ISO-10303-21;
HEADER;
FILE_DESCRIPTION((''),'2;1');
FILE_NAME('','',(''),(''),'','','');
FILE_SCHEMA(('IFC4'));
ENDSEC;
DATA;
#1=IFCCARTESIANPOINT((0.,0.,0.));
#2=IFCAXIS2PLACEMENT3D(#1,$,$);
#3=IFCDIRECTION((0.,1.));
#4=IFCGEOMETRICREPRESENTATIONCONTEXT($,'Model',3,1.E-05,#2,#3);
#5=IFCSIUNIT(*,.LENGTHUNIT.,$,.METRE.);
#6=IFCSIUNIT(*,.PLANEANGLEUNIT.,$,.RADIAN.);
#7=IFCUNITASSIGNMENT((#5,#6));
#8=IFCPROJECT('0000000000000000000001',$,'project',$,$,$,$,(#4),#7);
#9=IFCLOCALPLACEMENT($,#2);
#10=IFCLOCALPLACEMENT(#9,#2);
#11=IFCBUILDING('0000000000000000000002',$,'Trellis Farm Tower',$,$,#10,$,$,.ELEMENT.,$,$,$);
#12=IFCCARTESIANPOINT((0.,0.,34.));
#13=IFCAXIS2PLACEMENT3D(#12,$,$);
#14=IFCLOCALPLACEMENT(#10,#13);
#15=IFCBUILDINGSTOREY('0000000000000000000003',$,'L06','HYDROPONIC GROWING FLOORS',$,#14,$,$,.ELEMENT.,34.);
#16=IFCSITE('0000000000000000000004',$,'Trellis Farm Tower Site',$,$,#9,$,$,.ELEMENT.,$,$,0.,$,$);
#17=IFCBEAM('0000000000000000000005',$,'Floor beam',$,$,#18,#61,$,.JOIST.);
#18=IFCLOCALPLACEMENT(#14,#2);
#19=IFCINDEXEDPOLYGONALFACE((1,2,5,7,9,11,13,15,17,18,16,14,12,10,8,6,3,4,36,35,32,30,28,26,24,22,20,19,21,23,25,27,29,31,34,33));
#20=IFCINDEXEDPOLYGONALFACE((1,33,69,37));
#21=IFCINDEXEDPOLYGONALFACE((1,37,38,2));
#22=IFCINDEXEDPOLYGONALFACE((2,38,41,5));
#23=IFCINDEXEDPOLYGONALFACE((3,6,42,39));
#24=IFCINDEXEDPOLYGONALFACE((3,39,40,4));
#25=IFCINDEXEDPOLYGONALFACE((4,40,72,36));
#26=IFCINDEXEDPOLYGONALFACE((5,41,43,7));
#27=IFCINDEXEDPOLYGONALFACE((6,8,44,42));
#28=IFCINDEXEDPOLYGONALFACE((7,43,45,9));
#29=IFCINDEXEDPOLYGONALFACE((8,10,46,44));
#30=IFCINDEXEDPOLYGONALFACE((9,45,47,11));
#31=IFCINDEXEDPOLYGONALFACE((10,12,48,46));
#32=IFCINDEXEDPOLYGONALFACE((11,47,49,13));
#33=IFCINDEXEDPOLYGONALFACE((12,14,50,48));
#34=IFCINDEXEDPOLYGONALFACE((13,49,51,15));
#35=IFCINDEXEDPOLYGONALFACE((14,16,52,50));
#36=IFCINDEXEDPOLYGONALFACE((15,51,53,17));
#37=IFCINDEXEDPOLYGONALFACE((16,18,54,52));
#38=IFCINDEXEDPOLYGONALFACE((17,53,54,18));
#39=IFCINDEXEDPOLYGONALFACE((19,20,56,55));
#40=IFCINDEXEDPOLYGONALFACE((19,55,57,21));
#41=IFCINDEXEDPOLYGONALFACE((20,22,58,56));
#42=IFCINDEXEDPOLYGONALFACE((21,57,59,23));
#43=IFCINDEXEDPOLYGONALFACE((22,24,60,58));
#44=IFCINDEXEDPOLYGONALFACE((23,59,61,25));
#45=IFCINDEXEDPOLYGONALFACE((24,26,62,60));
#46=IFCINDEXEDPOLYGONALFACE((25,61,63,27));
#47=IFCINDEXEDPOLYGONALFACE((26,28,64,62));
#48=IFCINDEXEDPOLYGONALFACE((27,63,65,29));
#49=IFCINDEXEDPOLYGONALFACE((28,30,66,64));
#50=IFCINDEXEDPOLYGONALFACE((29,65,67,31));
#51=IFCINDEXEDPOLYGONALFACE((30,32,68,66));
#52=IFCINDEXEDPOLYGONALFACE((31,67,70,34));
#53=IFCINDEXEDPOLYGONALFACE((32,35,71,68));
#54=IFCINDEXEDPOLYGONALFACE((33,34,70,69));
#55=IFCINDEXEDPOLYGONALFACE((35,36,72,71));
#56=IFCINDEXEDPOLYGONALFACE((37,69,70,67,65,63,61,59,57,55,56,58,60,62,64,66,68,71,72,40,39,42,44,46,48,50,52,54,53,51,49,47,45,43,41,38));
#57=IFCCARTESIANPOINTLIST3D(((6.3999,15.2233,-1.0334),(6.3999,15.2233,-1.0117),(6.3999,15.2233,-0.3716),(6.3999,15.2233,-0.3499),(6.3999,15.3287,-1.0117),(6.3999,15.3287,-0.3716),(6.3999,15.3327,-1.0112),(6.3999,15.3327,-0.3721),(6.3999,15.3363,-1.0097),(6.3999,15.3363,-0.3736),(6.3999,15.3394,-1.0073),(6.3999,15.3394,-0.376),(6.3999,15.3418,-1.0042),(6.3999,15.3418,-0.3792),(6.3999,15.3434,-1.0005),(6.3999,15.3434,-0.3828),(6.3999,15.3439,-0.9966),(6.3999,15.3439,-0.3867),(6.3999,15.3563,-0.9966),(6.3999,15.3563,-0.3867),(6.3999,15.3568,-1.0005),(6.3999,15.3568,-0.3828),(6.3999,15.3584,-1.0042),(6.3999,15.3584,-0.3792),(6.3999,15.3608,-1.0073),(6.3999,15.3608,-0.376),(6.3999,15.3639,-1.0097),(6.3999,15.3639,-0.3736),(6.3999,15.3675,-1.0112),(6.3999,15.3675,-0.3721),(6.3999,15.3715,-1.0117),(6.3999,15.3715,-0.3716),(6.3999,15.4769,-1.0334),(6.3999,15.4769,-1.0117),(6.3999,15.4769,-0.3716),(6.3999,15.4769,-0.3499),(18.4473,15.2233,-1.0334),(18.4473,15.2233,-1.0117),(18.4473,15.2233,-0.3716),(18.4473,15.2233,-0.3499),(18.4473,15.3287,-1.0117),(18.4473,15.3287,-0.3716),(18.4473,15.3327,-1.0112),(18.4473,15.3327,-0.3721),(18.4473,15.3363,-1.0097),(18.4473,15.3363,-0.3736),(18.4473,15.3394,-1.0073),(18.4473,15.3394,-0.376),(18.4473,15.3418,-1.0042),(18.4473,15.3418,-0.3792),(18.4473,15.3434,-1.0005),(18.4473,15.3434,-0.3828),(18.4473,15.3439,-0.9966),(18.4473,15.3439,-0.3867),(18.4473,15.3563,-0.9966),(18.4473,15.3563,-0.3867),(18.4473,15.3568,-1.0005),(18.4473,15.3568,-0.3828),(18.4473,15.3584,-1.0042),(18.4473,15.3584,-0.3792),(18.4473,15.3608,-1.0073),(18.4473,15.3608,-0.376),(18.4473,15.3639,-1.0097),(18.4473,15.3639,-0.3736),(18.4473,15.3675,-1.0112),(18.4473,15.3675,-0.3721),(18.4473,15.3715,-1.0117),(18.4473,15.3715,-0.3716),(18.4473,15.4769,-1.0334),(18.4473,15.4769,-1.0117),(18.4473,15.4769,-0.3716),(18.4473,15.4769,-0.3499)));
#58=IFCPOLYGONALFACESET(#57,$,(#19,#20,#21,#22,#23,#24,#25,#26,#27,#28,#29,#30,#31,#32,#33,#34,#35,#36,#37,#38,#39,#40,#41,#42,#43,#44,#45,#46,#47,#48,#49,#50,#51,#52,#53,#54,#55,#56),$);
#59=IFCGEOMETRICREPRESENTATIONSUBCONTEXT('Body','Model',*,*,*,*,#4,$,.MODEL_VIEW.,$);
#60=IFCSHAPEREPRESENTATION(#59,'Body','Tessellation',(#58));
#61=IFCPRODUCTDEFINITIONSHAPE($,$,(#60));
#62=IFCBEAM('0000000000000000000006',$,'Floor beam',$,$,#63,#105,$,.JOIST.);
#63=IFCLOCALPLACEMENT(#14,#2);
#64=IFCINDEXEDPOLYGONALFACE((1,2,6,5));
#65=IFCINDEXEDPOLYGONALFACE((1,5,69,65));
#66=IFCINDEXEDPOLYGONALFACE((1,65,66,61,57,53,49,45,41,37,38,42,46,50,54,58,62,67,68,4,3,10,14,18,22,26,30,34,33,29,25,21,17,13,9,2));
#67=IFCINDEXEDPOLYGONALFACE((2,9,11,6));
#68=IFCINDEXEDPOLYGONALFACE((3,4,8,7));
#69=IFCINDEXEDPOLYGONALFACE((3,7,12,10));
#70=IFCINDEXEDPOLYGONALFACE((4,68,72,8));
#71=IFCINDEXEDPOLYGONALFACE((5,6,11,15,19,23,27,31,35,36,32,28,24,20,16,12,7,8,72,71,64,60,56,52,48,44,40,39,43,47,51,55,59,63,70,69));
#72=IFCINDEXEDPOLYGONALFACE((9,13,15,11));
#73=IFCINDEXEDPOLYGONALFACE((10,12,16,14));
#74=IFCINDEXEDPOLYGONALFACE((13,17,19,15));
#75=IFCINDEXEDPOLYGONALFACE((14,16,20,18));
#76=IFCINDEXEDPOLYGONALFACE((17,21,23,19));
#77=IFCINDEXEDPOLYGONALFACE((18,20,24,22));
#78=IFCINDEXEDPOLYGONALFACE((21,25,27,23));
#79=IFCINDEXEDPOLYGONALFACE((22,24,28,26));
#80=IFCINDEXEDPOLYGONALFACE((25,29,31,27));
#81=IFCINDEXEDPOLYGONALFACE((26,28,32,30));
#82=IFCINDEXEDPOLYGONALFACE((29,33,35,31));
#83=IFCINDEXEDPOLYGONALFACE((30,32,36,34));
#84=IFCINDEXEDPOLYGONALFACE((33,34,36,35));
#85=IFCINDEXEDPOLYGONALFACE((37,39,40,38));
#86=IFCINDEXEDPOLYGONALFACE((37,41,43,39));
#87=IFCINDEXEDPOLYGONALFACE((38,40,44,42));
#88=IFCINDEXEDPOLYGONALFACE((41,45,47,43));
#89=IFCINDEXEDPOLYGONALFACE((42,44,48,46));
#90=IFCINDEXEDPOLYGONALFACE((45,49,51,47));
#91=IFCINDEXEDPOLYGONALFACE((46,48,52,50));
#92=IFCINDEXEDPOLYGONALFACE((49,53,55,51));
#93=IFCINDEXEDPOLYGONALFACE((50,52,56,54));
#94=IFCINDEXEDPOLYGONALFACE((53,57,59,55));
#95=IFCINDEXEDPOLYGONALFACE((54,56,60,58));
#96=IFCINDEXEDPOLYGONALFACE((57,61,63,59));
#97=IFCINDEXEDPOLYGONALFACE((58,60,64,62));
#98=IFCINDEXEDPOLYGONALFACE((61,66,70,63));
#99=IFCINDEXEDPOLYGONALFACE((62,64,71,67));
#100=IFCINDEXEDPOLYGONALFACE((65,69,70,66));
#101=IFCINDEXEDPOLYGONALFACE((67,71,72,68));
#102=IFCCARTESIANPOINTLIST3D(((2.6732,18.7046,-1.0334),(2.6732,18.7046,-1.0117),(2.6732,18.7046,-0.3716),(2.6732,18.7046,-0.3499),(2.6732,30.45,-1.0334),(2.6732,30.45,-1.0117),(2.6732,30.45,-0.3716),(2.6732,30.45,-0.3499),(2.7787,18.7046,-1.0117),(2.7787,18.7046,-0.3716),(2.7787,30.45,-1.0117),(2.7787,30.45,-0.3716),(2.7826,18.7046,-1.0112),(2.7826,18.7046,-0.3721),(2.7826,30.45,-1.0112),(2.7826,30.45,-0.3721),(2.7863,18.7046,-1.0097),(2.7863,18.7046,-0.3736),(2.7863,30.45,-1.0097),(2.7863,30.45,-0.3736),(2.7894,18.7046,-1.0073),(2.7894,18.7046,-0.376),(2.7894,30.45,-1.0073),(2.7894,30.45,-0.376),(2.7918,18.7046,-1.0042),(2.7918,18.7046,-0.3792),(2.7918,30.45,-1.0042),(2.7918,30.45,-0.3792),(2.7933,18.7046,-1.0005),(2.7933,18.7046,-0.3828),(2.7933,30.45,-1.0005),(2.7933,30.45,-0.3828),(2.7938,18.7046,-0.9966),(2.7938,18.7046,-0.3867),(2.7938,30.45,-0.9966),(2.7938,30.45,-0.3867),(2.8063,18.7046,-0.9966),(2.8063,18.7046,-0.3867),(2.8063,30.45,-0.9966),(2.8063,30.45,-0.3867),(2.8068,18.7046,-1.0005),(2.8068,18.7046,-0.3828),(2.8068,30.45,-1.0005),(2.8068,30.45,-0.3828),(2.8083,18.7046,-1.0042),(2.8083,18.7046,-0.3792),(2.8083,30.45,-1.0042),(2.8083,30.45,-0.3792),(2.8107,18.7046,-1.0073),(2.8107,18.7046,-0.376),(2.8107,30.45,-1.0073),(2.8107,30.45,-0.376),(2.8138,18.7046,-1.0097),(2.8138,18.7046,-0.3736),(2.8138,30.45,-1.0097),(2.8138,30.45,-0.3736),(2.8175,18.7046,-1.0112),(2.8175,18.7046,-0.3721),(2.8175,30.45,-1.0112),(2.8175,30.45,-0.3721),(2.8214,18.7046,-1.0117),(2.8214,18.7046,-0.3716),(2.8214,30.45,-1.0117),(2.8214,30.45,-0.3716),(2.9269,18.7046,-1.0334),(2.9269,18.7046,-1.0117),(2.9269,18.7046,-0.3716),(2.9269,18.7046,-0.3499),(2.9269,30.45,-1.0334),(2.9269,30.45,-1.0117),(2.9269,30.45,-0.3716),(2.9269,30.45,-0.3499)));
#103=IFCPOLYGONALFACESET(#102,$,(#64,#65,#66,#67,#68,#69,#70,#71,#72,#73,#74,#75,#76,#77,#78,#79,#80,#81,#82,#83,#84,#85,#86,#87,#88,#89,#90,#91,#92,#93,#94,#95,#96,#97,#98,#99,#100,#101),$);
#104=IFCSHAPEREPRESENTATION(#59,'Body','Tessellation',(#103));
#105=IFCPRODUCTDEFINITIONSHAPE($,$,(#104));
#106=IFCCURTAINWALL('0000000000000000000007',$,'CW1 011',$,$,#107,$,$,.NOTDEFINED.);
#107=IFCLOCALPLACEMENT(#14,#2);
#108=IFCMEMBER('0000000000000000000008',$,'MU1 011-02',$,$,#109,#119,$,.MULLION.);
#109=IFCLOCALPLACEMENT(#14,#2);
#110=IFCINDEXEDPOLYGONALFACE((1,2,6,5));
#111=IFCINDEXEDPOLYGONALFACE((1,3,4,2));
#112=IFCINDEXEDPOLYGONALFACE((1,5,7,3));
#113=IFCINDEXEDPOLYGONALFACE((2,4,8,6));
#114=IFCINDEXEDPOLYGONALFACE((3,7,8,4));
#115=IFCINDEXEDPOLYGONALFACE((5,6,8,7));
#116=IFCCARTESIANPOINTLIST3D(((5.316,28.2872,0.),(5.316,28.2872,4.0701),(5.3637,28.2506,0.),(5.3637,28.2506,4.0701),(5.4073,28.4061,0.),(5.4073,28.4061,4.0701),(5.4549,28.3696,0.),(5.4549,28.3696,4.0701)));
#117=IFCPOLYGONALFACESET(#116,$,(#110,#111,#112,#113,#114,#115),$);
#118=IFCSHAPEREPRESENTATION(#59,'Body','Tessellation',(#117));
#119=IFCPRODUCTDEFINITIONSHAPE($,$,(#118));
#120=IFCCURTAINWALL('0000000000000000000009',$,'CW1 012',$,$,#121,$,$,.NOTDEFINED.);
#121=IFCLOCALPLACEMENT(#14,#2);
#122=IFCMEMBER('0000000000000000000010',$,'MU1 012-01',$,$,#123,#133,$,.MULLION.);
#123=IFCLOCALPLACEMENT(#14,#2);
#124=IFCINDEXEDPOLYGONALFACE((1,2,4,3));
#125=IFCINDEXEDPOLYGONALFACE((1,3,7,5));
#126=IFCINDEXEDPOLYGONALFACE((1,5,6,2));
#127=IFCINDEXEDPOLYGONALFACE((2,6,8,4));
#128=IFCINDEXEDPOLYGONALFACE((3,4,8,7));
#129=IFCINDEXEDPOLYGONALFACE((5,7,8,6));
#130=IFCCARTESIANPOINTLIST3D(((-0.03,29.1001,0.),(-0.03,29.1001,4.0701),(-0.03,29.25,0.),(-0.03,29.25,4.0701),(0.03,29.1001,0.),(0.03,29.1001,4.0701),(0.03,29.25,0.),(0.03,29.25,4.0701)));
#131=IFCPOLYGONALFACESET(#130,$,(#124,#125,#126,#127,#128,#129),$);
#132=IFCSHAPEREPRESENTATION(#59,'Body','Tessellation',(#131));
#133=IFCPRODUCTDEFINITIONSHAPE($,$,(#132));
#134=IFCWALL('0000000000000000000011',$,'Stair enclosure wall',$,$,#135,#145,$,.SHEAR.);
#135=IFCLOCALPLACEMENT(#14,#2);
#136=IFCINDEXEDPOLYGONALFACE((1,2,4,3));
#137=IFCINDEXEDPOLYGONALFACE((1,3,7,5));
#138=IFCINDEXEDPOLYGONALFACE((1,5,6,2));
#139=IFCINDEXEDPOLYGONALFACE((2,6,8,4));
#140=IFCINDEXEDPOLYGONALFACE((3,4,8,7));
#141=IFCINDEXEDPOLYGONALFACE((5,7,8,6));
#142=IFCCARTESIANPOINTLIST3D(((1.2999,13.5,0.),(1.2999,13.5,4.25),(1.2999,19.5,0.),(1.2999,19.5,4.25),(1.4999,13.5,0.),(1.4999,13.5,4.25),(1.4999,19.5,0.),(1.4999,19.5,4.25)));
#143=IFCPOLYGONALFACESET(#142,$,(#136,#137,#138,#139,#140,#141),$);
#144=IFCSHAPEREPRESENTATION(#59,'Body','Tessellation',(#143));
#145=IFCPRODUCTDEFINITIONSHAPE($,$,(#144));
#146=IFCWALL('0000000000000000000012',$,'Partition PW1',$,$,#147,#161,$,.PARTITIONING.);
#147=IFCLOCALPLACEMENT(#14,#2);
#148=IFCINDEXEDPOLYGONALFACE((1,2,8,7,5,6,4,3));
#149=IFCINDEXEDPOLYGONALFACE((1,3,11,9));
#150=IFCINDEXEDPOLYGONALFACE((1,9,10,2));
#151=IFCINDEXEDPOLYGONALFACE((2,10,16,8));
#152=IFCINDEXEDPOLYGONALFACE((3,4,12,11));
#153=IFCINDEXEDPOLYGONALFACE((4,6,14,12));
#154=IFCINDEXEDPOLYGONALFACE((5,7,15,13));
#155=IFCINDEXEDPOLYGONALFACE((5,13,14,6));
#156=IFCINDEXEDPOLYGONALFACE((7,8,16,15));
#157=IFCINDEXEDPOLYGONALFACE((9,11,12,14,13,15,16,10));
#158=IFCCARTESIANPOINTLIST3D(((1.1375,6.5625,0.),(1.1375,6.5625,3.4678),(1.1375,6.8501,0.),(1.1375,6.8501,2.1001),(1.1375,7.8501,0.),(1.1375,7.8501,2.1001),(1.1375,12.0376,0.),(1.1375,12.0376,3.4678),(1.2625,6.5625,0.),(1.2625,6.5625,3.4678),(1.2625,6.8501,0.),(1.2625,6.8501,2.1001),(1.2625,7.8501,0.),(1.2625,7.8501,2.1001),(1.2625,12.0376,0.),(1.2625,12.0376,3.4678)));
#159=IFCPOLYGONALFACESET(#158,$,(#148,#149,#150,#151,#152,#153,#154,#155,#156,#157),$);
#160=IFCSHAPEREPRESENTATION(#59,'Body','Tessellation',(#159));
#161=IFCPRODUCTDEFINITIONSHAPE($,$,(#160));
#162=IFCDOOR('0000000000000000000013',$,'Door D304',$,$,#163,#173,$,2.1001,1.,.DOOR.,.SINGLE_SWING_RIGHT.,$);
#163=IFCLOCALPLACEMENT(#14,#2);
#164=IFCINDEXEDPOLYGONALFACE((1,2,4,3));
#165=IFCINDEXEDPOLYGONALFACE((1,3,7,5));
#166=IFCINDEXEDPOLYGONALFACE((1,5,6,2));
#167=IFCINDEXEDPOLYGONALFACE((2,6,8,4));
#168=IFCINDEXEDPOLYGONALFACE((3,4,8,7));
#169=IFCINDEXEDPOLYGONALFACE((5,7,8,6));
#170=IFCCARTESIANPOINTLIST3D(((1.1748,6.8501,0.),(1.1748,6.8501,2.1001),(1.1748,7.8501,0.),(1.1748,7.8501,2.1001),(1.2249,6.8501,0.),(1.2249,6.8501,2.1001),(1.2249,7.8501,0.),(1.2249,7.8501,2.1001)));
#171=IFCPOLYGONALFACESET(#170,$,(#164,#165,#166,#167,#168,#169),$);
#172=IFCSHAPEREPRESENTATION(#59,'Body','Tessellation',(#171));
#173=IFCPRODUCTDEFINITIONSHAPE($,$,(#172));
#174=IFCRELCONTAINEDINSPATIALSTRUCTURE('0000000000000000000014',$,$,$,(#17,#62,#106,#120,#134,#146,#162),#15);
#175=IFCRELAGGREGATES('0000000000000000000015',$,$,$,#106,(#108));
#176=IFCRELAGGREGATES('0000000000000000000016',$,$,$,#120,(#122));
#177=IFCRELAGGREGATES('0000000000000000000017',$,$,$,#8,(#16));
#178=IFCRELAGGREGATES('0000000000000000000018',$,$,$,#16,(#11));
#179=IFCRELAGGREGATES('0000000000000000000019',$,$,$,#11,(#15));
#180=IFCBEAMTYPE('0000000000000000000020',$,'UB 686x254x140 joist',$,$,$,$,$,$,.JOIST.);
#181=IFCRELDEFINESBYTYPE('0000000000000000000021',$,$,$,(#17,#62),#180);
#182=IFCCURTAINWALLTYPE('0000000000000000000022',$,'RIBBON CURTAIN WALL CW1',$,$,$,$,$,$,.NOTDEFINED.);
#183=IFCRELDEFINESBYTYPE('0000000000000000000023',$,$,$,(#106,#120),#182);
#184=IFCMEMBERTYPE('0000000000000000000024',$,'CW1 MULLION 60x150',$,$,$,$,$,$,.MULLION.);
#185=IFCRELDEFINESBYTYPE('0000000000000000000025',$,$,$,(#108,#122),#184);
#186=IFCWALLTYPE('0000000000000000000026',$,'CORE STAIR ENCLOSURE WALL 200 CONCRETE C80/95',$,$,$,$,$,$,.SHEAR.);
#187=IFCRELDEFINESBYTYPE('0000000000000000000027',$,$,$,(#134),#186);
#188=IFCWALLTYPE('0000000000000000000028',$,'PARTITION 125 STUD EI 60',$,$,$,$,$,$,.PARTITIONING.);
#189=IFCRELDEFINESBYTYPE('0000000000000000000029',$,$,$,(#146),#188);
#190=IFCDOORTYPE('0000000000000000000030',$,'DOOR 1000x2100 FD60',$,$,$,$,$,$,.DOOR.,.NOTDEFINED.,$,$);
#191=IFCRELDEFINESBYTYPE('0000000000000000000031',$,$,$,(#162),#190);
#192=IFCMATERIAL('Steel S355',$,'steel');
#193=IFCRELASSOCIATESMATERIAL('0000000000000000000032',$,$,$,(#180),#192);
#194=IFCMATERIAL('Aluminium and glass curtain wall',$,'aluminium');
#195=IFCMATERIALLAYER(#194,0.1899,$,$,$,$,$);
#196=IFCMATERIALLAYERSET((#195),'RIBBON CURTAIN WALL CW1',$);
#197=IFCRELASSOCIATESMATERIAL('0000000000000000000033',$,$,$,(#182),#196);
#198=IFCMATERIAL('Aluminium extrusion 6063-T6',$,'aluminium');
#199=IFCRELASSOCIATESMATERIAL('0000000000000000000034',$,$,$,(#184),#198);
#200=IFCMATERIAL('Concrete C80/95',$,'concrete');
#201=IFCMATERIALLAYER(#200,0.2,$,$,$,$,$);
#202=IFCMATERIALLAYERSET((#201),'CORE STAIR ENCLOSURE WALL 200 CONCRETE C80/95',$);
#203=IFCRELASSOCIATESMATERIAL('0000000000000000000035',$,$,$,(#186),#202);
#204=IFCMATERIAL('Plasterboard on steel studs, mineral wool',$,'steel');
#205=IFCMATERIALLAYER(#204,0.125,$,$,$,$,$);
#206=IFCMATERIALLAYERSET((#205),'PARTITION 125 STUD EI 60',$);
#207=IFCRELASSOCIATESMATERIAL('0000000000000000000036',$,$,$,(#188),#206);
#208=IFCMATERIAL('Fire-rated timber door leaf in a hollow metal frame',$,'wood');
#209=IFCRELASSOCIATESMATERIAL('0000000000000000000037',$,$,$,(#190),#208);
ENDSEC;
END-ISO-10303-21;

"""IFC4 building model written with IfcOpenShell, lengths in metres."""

from ifc_helpers import new_model, si_unit, direction, frame, frame_2d, origin, origin_2d, place, context, subcontext, project, spatial, rectangle, i_section, extrude, source, transform, mapped, material, layer, layer_set, material_profile, profile_set, type_object, element, fill, aggregate, save


model = new_model("IFC4")

# Units and contexts
model_context = context("Model", 3, precision=1e-05, world=origin(), true_north=direction((0.0, 1.0)))
body_context = subcontext(model_context, "Body", "Model", "MODEL_VIEW")
ifc_project = project(units=[si_unit("LENGTHUNIT", "METRE"), si_unit("PLANEANGLEUNIT", "RADIAN")], contexts=[model_context])

# Site, building, storey
site_placement = place(None, origin())
site = spatial("IfcSite", under=ifc_project, at=site_placement, Name="Trellis Farm Tower Site", CompositionType="ELEMENT", RefElevation=0.0)
building_placement = place(site_placement, origin())
building = spatial("IfcBuilding", under=site, at=building_placement, Name="Trellis Farm Tower", CompositionType="ELEMENT")
storey_placement = place(building_placement, frame((0.0, 0.0, 34.0)))
storey = spatial("IfcBuildingStorey", under=building, at=storey_placement, Name="L06", Description="HYDROPONIC GROWING FLOORS", CompositionType="ELEMENT", Elevation=34.0)

# Shared definitions
ifc_material_1 = material(Name="Concrete C80/95", Category="concrete")

# Beams
ifc_material_2 = material(Name="Steel S355", Category="steel")
ifc_material_profile_1 = material_profile(ifc_material_2, i_section(OverallWidth=0.2537, OverallDepth=0.6836, WebThickness=0.0125, FlangeThickness=0.0217, FilletRadius=0.0151, at=origin_2d()), Name="UB 686x254x140")
ifc_profile_set_1 = profile_set([ifc_material_profile_1], Name="Steel S355")
beam_type_1 = type_object("IfcBeamType", Name="UB 686x254x140 joist", PredefinedType="JOIST", material=ifc_profile_set_1)
shared_shape_1 = source(origin(), body_context, "Body", "SweptSolid", [
    extrude(i_section(OverallWidth=0.2537, OverallDepth=0.6836, WebThickness=0.0125, FlangeThickness=0.0217, FilletRadius=0.0151, at=origin_2d()), origin(), (0.0, 0.0, 1.0), 12.0474),
])
for number, where, z_axis, x_axis, name in (
    (1, (6.3999, 15.3501, -0.6917), (1.0, 0.0, 0.0), (0.0, 1.0, 0.0), "Floor beam"),
):
    element("IfcBeam", number, at=place(storey_placement, frame(where, z_axis=z_axis, x_axis=x_axis)), inside=storey, type_object=beam_type_1, Name=name, PredefinedType="JOIST", context=body_context, shape_type="MappedRepresentation", body=[
        mapped(shared_shape_1, transform((0.0, 0.0, 0.0))),
    ])
shared_shape_2 = source(origin(), body_context, "Body", "SweptSolid", [
    extrude(i_section(OverallWidth=0.2537, OverallDepth=0.6836, WebThickness=0.0125, FlangeThickness=0.0217, FilletRadius=0.0151, at=origin_2d()), origin(), (0.0, 0.0, 1.0), 11.7454),
])
beam_1_placement = place(storey_placement, frame((2.8, 18.7046, -0.6917), z_axis=(0.0, 1.0, 0.0), x_axis=(-1.0, 0.0, 0.0)))
element("IfcBeam", 2, at=beam_1_placement, inside=storey, type_object=beam_type_1, Name="Floor beam", PredefinedType="JOIST", context=body_context, shape_type="MappedRepresentation", body=[
    mapped(shared_shape_2, transform((0.0, 0.0, 0.0))),
])

# Curtain walls, members
ifc_material_3 = material(Name="Aluminium and glass curtain wall", Category="aluminium")
ifc_layer_1 = layer(ifc_material_3, 0.1899)
ifc_layer_set_1 = layer_set([ifc_layer_1], Name="RIBBON CURTAIN WALL CW1")
curtain_wall_type = type_object("IfcCurtainWallType", Name="RIBBON CURTAIN WALL CW1", PredefinedType="NOTDEFINED", material=ifc_layer_set_1)
placement = place(storey_placement, origin())
curtain_wall_1 = element("IfcCurtainWall", 3, at=placement, inside=storey, type_object=curtain_wall_type, Name="CW1 011", PredefinedType="NOTDEFINED")
ifc_material_4 = material(Name="Aluminium extrusion 6063-T6", Category="aluminium")
ifc_material_profile_2 = material_profile(ifc_material_4, rectangle(XDim=0.0601, YDim=0.1499, at=origin_2d()), Name="MULLION 60x150")
ifc_profile_set_2 = profile_set([ifc_material_profile_2], Name="Aluminium extrusion 6063-T6")
member_type = type_object("IfcMemberType", Name="CW1 MULLION 60x150", PredefinedType="MULLION", material=ifc_profile_set_2)
shared_shape_3 = source(origin(), body_context, "Body", "SweptSolid", [
    extrude(rectangle(XDim=0.0601, YDim=0.1499, at=origin_2d()), origin(), (0.0, 0.0, 1.0), 4.0701),
])
member_1_placement = place(storey_placement, frame((5.3855, 28.3284, 0.0), z_axis=(0.0, 0.0, 1.0), x_axis=(-0.793353, 0.608761, 0.0)))
member_1 = element("IfcMember", 4, at=member_1_placement, type_object=member_type, Name="MU1 011-02", PredefinedType="MULLION", context=body_context, shape_type="MappedRepresentation", body=[
    mapped(shared_shape_3, transform((0.0, 0.0, 0.0))),
])
aggregate(curtain_wall_1, [member_1])
curtain_wall_2 = element("IfcCurtainWall", 5, at=placement, inside=storey, type_object=curtain_wall_type, Name="CW1 012", PredefinedType="NOTDEFINED")
member_2_placement = place(storey_placement, frame((0.0, 29.175, 0.0), z_axis=(0.0, 0.0, 1.0), x_axis=(-1.0, 0.0, 0.0)))
member_2 = element("IfcMember", 6, at=member_2_placement, type_object=member_type, Name="MU1 012-01", PredefinedType="MULLION", context=body_context, shape_type="MappedRepresentation", body=[
    mapped(shared_shape_3, transform((0.0, 0.0, 0.0))),
])
aggregate(curtain_wall_2, [member_2])

# Wall
ifc_layer_2 = layer(ifc_material_1, 0.2)
ifc_layer_set_2 = layer_set([ifc_layer_2], Name="CORE STAIR ENCLOSURE WALL 200 CONCRETE C80/95")
wall_type_1 = type_object("IfcWallType", Name="CORE STAIR ENCLOSURE WALL 200 CONCRETE C80/95", PredefinedType="SHEAR", material=ifc_layer_set_2)
shared_shape_4 = source(origin(), body_context, "Body", "SweptSolid", [
    extrude(rectangle(XDim=6.0, YDim=0.2, at=frame_2d((3.0, 0.0))), origin(), (0.0, 0.0, 1.0), 4.25),
])
wall_1_placement = place(storey_placement, frame((1.3999, 13.5, 0.0), z_axis=(0.0, 0.0, 1.0), x_axis=(0.0, 1.0, 0.0)))
element("IfcWall", 7, at=wall_1_placement, inside=storey, type_object=wall_type_1, Name="Stair enclosure wall", PredefinedType="SHEAR", context=body_context, shape_type="MappedRepresentation", body=[
    mapped(shared_shape_4, transform((0.0, 0.0, 0.0))),
])

# Wall, opening, door
ifc_material_5 = material(Name="Plasterboard on steel studs, mineral wool", Category="steel")
ifc_layer_3 = layer(ifc_material_5, 0.125)
ifc_layer_set_3 = layer_set([ifc_layer_3], Name="PARTITION 125 STUD EI 60")
wall_type_2 = type_object("IfcWallType", Name="PARTITION 125 STUD EI 60", PredefinedType="PARTITIONING", material=ifc_layer_set_3)
shared_shape_5 = source(origin(), body_context, "Body", "SweptSolid", [
    extrude(rectangle(XDim=5.4751, YDim=0.125, at=frame_2d((2.7375, 0.0))), origin(), (0.0, 0.0, 1.0), 3.4678),
])
wall_2_placement = place(storey_placement, frame((1.2, 12.0376, 0.0), z_axis=(0.0, 0.0, 1.0), x_axis=(0.0, -1.0, 0.0)))
wall_2 = element("IfcWall", 8, at=wall_2_placement, inside=storey, type_object=wall_type_2, Name="Partition PW1", PredefinedType="PARTITIONING", context=body_context, shape_type="MappedRepresentation", body=[
    mapped(shared_shape_5, transform((0.0, 0.0, 0.0))),
])
shared_shape_6 = source(origin(), body_context, "Body", "SweptSolid", [
    extrude(rectangle(XDim=1.0, YDim=2.1001, at=frame_2d((0.5, 1.05))), frame((0.0, 0.0725, 0.0), z_axis=(0.0, -1.0, 0.0), x_axis=(1.0, 0.0, 0.0)), (0.0, 0.0, 1.0), 0.145),
])
opening_1_placement = place(wall_2_placement, frame((4.1875, 0.0, 0.0)))
opening_1 = element("IfcOpeningElement", 9, at=opening_1_placement, cuts=wall_2, PredefinedType="OPENING", context=body_context, shape_type="MappedRepresentation", body=[
    mapped(shared_shape_6, transform((0.0, 0.0, 0.0))),
])
ifc_material_6 = material(Name="Fire-rated timber door leaf in a hollow metal frame", Category="wood")
door_type_1 = type_object("IfcDoorType", Name="DOOR 1000x2100 FD60", OperationType="NOTDEFINED", PredefinedType="DOOR", material=ifc_material_6)
shared_shape_7 = source(origin(), body_context, "Body", "SweptSolid", [
    extrude(rectangle(XDim=1.0, YDim=2.1001, at=frame_2d((0.5, 1.05))), frame((0.0, 0.0249, 0.0), z_axis=(0.0, -1.0, 0.0), x_axis=(1.0, 0.0, 0.0)), (0.0, 0.0, 1.0), 0.05),
])
door_1_placement = place(opening_1_placement, origin())
door_1 = element("IfcDoor", 10, at=door_1_placement, inside=storey, type_object=door_type_1, Name="Door D304", OperationType="SINGLE_SWING_RIGHT", OverallHeight=2.1001, OverallWidth=1.0, PredefinedType="DOOR", context=body_context, shape_type="MappedRepresentation", body=[
    mapped(shared_shape_7, transform((0.0, 0.0, 0.0))),
])
fill(opening_1, door_1)

save(model, "model.ifc")
